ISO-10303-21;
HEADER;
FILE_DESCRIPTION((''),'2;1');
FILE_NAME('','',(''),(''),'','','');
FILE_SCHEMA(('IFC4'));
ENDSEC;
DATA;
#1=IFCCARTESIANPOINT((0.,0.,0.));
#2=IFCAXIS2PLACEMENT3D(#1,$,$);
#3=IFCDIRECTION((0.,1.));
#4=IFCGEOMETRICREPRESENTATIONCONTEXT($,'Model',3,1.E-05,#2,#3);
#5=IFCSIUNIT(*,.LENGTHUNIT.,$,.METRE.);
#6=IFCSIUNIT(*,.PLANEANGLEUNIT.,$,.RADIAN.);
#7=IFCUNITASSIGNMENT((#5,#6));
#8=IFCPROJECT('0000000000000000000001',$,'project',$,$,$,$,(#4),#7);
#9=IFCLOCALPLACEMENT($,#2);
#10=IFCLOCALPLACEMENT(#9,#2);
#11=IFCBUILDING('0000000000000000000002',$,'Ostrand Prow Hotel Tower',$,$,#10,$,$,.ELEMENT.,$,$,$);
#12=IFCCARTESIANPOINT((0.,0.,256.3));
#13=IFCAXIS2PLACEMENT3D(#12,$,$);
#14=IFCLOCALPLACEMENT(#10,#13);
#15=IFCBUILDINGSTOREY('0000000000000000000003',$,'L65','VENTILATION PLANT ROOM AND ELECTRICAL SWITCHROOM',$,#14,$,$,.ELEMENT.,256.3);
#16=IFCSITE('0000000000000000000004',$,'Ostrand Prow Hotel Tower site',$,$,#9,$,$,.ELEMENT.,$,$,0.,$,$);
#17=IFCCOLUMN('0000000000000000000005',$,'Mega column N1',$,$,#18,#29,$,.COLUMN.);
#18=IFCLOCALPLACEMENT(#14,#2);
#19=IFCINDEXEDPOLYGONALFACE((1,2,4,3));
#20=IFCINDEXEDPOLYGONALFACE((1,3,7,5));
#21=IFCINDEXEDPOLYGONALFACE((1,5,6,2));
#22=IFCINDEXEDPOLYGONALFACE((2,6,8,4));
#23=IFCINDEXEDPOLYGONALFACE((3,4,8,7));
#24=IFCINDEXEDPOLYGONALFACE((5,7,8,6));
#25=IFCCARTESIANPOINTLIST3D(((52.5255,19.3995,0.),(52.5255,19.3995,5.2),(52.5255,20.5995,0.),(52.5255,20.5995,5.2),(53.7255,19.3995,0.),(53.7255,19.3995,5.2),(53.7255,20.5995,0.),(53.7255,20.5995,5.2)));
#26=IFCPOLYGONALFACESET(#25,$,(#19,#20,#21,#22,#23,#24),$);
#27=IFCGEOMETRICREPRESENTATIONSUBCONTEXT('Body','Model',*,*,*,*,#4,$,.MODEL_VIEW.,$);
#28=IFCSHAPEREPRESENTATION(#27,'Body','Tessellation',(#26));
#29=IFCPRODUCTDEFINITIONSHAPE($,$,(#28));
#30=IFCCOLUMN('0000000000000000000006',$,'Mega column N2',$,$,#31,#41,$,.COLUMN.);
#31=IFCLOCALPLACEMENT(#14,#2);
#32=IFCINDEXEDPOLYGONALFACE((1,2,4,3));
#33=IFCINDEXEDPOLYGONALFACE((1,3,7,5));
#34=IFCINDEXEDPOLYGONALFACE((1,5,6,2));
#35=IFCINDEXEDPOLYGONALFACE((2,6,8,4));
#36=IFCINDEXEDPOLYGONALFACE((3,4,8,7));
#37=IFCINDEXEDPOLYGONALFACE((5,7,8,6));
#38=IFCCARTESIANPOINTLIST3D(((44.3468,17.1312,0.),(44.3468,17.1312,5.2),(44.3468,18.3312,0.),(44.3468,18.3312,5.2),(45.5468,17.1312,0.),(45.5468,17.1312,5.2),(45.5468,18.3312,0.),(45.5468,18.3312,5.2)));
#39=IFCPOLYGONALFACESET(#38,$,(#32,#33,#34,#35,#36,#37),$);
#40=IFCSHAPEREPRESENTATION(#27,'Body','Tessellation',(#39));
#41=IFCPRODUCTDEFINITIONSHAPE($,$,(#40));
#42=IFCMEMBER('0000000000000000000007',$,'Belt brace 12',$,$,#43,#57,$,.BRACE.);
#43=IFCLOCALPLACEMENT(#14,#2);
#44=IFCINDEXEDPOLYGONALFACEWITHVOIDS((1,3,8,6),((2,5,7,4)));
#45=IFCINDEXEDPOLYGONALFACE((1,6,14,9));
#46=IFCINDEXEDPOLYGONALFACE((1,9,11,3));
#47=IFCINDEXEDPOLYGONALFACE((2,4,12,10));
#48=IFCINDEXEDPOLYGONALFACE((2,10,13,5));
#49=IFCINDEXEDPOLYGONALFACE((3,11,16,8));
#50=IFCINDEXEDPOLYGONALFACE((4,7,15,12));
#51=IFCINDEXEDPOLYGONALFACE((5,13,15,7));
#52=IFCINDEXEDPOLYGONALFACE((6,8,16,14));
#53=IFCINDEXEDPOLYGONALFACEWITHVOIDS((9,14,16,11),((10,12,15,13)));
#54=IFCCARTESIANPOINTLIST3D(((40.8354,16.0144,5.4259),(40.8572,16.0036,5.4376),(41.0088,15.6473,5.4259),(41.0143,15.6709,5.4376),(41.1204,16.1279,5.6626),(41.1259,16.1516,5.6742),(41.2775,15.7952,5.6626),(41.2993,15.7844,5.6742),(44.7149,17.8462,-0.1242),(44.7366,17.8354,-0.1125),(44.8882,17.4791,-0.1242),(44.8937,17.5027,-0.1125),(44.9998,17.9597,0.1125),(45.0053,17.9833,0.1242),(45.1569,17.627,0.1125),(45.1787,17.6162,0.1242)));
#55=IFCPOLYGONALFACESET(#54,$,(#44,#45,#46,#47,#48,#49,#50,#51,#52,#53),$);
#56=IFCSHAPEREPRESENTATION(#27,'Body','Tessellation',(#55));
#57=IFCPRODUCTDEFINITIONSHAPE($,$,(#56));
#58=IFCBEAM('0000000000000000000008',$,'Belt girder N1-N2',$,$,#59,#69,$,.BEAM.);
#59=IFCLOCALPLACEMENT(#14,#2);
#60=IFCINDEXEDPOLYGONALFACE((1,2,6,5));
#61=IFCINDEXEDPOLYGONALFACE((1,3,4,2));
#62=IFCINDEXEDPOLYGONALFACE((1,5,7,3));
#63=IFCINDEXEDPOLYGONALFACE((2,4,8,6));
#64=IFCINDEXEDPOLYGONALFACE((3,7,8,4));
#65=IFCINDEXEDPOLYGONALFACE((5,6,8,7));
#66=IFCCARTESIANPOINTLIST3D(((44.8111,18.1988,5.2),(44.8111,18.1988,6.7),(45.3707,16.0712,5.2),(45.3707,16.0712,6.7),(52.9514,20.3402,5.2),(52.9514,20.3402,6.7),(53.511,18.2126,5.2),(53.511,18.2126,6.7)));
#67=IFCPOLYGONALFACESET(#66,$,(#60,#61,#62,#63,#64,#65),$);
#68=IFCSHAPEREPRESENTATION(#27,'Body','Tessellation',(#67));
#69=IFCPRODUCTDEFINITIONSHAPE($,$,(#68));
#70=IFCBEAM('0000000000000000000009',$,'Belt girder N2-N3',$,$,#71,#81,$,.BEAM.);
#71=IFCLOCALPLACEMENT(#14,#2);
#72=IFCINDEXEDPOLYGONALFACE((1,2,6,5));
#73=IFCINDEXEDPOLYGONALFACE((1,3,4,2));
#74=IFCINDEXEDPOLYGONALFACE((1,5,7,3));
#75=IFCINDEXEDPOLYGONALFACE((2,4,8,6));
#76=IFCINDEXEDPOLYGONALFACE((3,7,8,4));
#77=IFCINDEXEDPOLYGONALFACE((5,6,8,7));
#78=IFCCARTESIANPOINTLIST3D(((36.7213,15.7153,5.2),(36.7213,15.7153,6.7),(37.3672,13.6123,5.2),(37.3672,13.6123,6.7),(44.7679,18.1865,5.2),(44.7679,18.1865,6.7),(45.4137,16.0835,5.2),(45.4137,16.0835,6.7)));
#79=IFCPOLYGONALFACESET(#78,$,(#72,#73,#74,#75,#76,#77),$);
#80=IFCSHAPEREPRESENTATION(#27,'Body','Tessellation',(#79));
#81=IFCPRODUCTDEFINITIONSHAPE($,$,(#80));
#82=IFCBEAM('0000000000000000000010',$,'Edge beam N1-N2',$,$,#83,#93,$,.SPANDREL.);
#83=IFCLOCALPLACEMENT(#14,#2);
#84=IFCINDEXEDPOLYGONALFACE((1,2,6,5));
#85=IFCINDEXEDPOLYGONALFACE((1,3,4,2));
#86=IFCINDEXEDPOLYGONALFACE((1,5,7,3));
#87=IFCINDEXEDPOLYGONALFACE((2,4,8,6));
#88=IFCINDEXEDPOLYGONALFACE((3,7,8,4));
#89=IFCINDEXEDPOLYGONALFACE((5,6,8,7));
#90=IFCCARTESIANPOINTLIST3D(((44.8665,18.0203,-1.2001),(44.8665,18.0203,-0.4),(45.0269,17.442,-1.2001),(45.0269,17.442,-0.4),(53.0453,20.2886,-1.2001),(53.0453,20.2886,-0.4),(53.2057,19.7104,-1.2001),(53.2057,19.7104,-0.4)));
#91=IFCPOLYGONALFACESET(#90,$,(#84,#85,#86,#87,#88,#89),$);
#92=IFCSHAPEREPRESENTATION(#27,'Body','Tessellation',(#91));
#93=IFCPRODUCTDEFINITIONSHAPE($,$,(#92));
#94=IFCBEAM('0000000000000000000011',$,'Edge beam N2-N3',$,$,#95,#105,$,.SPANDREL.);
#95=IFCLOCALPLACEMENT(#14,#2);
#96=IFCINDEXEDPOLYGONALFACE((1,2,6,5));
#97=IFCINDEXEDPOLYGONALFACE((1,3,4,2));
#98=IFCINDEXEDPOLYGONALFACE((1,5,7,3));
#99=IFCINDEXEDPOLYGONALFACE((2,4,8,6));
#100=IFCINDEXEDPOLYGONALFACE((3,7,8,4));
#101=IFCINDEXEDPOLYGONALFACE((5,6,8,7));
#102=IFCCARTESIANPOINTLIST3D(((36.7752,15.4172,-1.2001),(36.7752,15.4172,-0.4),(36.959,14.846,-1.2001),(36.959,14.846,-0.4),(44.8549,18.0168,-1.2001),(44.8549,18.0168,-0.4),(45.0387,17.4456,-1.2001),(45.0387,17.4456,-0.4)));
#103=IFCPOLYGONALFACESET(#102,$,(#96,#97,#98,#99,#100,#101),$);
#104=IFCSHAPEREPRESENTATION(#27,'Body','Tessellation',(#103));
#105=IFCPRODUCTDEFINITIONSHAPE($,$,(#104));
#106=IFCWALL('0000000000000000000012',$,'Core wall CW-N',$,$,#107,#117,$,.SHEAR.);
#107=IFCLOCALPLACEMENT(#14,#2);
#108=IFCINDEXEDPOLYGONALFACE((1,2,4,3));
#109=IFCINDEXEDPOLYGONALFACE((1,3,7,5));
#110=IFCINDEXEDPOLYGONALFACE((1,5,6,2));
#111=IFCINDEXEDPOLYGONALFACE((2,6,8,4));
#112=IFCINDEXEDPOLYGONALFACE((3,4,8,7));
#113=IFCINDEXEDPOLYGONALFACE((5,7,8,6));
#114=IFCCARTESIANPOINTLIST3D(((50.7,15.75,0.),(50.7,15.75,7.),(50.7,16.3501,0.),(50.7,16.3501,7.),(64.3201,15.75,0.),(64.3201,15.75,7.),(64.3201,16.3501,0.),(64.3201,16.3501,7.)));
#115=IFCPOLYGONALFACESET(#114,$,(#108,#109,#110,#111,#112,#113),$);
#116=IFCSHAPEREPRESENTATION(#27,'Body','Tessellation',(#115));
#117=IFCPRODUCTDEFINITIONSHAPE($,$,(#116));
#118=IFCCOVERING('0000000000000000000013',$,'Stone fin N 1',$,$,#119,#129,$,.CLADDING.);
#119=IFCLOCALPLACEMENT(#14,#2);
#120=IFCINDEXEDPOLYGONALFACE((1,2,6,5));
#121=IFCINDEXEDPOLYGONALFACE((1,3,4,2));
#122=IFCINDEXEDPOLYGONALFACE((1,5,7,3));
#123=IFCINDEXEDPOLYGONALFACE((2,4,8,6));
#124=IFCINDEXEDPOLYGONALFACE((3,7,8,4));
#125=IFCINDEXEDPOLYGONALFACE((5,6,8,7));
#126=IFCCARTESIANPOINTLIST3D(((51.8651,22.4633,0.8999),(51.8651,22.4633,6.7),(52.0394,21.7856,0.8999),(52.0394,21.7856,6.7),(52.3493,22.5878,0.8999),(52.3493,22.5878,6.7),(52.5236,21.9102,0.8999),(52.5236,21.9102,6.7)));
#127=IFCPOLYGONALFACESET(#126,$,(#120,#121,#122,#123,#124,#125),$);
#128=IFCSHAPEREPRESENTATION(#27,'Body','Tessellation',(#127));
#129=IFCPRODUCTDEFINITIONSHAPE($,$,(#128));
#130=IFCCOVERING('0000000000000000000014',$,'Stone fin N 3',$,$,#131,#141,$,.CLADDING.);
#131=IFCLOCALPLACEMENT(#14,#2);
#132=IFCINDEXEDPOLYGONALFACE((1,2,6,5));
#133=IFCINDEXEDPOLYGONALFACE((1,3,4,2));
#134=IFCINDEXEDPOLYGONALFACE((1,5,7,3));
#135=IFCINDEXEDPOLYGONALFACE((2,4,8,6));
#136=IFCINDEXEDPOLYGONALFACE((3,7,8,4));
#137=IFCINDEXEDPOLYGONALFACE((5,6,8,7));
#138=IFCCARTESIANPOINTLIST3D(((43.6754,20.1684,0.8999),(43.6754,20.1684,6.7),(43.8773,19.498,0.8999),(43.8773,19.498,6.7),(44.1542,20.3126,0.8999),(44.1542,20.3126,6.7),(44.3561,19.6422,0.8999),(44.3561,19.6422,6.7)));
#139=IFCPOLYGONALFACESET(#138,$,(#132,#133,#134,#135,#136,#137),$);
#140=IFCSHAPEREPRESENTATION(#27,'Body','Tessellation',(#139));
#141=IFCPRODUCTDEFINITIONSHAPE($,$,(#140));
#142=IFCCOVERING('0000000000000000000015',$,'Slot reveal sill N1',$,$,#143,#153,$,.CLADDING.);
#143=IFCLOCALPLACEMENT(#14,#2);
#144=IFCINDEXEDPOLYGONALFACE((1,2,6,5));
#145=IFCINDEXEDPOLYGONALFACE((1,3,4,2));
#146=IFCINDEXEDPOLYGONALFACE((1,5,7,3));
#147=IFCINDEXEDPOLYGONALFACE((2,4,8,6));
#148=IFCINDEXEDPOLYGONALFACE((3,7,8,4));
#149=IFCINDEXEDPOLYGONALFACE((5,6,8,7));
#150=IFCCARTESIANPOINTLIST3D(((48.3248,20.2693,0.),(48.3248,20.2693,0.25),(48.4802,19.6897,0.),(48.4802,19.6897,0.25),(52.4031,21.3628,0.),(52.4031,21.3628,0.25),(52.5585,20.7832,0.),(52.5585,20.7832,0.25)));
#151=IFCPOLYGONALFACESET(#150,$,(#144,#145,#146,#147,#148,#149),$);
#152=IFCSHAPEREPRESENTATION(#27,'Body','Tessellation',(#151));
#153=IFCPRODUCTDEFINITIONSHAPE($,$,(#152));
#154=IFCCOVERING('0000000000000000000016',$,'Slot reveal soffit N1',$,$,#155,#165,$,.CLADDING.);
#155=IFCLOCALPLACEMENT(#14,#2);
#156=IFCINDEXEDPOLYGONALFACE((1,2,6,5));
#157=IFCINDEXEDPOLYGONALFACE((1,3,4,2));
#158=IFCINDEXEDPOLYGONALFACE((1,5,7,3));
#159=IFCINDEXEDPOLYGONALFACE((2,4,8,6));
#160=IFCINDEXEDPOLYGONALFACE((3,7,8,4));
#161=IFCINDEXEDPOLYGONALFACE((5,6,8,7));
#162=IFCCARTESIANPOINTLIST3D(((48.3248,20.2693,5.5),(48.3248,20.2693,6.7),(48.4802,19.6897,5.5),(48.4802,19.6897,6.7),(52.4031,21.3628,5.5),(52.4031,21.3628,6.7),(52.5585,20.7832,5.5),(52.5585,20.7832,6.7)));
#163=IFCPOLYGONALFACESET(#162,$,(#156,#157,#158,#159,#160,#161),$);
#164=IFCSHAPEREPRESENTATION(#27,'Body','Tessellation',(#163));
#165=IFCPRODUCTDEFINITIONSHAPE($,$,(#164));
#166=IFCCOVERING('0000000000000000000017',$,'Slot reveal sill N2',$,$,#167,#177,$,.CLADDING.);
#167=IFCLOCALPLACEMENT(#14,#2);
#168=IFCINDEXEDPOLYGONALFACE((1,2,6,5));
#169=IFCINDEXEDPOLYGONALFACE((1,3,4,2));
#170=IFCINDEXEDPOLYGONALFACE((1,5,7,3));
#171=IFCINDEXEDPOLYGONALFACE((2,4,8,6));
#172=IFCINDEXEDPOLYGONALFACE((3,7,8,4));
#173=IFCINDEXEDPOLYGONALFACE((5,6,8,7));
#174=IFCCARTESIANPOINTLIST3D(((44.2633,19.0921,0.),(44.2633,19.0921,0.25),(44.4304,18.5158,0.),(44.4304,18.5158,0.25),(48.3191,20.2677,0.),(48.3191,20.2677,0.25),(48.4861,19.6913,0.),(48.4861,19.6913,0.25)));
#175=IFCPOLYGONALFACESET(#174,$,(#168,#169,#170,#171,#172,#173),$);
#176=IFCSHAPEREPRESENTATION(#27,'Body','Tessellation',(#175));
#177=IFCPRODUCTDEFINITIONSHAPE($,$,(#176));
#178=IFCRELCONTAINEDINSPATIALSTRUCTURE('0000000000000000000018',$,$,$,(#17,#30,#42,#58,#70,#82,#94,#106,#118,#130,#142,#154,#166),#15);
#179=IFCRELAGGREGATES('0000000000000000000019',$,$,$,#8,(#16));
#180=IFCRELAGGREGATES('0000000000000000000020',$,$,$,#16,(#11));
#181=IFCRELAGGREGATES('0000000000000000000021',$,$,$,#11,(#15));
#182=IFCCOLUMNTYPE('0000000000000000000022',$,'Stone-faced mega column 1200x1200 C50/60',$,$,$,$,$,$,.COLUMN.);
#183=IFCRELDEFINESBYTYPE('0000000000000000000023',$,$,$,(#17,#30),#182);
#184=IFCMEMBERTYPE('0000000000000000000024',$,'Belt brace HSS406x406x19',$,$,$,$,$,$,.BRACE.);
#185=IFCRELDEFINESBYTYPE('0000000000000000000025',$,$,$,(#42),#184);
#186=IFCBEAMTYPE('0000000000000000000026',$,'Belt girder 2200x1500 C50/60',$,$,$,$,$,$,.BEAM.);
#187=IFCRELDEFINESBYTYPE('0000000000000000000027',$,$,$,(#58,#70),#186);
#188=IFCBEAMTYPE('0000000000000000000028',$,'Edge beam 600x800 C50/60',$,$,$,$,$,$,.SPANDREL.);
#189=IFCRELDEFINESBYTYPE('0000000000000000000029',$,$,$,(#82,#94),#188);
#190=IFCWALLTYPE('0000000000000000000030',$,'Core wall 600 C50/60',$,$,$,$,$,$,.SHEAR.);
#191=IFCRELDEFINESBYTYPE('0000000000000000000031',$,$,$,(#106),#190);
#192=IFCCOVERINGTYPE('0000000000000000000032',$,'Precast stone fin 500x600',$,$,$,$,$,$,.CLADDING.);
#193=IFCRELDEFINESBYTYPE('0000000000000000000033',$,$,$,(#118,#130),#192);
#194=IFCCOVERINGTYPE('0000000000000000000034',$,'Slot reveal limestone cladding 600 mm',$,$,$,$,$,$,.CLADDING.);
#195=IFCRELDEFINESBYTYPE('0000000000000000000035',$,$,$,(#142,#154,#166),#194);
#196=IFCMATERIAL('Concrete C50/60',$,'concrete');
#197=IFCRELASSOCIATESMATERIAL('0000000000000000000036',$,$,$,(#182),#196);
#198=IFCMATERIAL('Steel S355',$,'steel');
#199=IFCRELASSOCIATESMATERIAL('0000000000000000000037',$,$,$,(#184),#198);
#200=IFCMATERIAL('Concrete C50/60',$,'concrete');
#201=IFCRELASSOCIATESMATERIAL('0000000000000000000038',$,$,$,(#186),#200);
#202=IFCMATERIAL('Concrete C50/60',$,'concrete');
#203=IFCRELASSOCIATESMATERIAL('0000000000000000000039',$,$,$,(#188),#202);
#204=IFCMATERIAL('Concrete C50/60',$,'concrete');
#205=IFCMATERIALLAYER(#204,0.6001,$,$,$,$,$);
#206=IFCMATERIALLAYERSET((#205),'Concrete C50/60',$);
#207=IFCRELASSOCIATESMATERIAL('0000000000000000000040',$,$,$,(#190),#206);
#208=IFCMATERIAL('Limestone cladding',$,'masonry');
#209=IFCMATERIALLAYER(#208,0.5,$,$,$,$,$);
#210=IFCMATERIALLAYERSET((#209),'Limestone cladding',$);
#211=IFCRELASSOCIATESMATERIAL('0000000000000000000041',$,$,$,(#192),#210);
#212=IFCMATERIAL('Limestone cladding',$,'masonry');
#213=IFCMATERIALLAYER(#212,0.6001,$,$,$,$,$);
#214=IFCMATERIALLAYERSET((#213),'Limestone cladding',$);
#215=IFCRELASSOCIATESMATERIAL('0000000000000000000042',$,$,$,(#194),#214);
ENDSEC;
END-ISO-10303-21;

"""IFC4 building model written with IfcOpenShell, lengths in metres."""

from ifc_helpers import new_model, si_unit, direction, frame, frame_2d, origin, origin_2d, place, context, subcontext, project, spatial, rectangle, hollow_rectangle, extrude, material, layer, layer_set, material_profile, profile_set, type_object, element, save


model = new_model("IFC4")

# Units and contexts
model_context = context("Model", 3, precision=1e-05, world=origin(), true_north=direction((0.0, 1.0)))
body_context = subcontext(model_context, "Body", "Model", "MODEL_VIEW")
ifc_project = project(units=[si_unit("LENGTHUNIT", "METRE"), si_unit("PLANEANGLEUNIT", "RADIAN")], contexts=[model_context])

# Site, building, storey
site_placement = place(None, origin())
site = spatial("IfcSite", under=ifc_project, at=site_placement, Name="Ostrand Prow Hotel Tower site", CompositionType="ELEMENT", RefElevation=0.0)
building_placement = place(site_placement, origin())
building = spatial("IfcBuilding", under=site, at=building_placement, Name="Ostrand Prow Hotel Tower", CompositionType="ELEMENT")
storey_placement = place(building_placement, frame((0.0, 0.0, 256.3)))
storey = spatial("IfcBuildingStorey", under=building, at=storey_placement, Name="L65", Description="VENTILATION PLANT ROOM AND ELECTRICAL SWITCHROOM", CompositionType="ELEMENT", Elevation=256.3)

# Columns
ifc_material_1 = material(Name="Concrete C50/60", Category="concrete")
ifc_material_profile_1 = material_profile(ifc_material_1, rectangle(XDim=1.2, YDim=1.2, at=origin_2d()), Name="RC 1200x1200")
ifc_profile_set_1 = profile_set([ifc_material_profile_1], Name="Concrete C50/60")
column_type = type_object("IfcColumnType", Name="Stone-faced mega column 1200x1200 C50/60", PredefinedType="COLUMN", material=ifc_profile_set_1)
for number, where, z_axis, x_axis, name in (
    (1, (53.1255, 19.9995, 0.0), (0.0, 0.0, 1.0), (1.0, 0.0, 0.0), "Mega column N1"),
    (2, (44.9468, 17.7312, 0.0), (0.0, 0.0, 1.0), (1.0, 0.0, 0.0), "Mega column N2"),
):
    element("IfcColumn", number, at=place(storey_placement, frame(where, z_axis=z_axis, x_axis=x_axis)), inside=storey, type_object=column_type, Name=name, PredefinedType="COLUMN", context=body_context, shape_type="SweptSolid", body=[
        extrude(rectangle(XDim=1.2, YDim=1.2, at=origin_2d()), origin(), (0.0, 0.0, 1.0), 5.2),
    ])

# Member
ifc_material_2 = material(Name="Steel S355", Category="steel")
ifc_material_profile_2 = material_profile(ifc_material_2, hollow_rectangle(XDim=0.406, YDim=0.406, WallThickness=0.019, at=origin_2d()), Name="HSS406x406x19")
ifc_profile_set_2 = profile_set([ifc_material_profile_2], Name="Steel S355")
member_type = type_object("IfcMemberType", Name="Belt brace HSS406x406x19", PredefinedType="BRACE", material=ifc_profile_set_2)
member_placement = place(storey_placement, frame((44.9468, 17.7312, 0.0), z_axis=(-0.553026, -0.26113, 0.791185), x_axis=(0.426978, -0.904262, 0.0)))
element("IfcMember", 3, at=member_placement, inside=storey, type_object=member_type, Name="Belt brace 12", PredefinedType="BRACE", context=body_context, shape_type="SweptSolid", body=[
    extrude(hollow_rectangle(XDim=0.406, YDim=0.406, WallThickness=0.019, at=origin_2d()), origin(), (0.0, 0.0, 1.0), 7.0149),
])

# Beams
ifc_material_3 = material(Name="Concrete C50/60", Category="concrete")
ifc_material_profile_3 = material_profile(ifc_material_3, rectangle(XDim=2.2, YDim=1.5, at=origin_2d()), Name="RC 2200x1500")
ifc_profile_set_3 = profile_set([ifc_material_profile_3], Name="Concrete C50/60")
beam_type_1 = type_object("IfcBeamType", Name="Belt girder 2200x1500 C50/60", PredefinedType="BEAM", material=ifc_profile_set_3)
beam_1_placement = place(storey_placement, frame((53.2312, 19.2764, 5.95), z_axis=(-0.967099, -0.254399, 0.0), x_axis=(0.254399, -0.967099, 0.0)))
element("IfcBeam", 4, at=beam_1_placement, inside=storey, type_object=beam_type_1, Name="Belt girder N1-N2", PredefinedType="BEAM", context=body_context, shape_type="SweptSolid", body=[
    extrude(rectangle(XDim=2.2, YDim=1.5, at=origin_2d()), origin(), (0.0, 0.0, 1.0), 8.4172),
])
beam_2_placement = place(storey_placement, frame((45.0908, 17.135, 5.95), z_axis=(-0.955936, -0.293576, 0.0), x_axis=(0.293576, -0.955936, 0.0)))
element("IfcBeam", 5, at=beam_2_placement, inside=storey, type_object=beam_type_1, Name="Belt girder N2-N3", PredefinedType="BEAM", context=body_context, shape_type="SweptSolid", body=[
    extrude(rectangle(XDim=2.2, YDim=1.5, at=origin_2d()), origin(), (0.0, 0.0, 1.0), 8.4175),
])
ifc_material_4 = material(Name="Concrete C50/60", Category="concrete")
ifc_material_profile_4 = material_profile(ifc_material_4, rectangle(XDim=0.6001, YDim=0.8, at=origin_2d()), Name="RC 600x800")
ifc_profile_set_4 = profile_set([ifc_material_profile_4], Name="Concrete C50/60")
beam_type_2 = type_object("IfcBeamType", Name="Edge beam 600x800 C50/60", PredefinedType="SPANDREL", material=ifc_profile_set_4)
for number, where, z_axis, x_axis, name in (
    (6, (53.1255, 19.9995, -0.8), (-0.963626, -0.267255, 0.0), (0.267255, -0.963626, 0.0), "Edge beam N1-N2"),
    (7, (44.9468, 17.7312, -0.8), (-0.951939, -0.306287, 0.0), (0.306287, -0.951939, 0.0), "Edge beam N2-N3"),
):
    element("IfcBeam", number, at=place(storey_placement, frame(where, z_axis=z_axis, x_axis=x_axis)), inside=storey, type_object=beam_type_2, Name=name, PredefinedType="SPANDREL", context=body_context, shape_type="SweptSolid", body=[
        extrude(rectangle(XDim=0.6001, YDim=0.8, at=origin_2d()), origin(), (0.0, 0.0, 1.0), 8.4875),
    ])

# Wall
ifc_material_5 = material(Name="Concrete C50/60", Category="concrete")
ifc_layer_1 = layer(ifc_material_5, 0.6001)
ifc_layer_set_1 = layer_set([ifc_layer_1], Name="Concrete C50/60")
wall_type = type_object("IfcWallType", Name="Core wall 600 C50/60", PredefinedType="SHEAR", material=ifc_layer_set_1)
wall_placement = place(storey_placement, frame((50.7, 16.05, 0.0), z_axis=(0.0, 0.0, 1.0), x_axis=(1.0, 0.0, 0.0)))
element("IfcWall", 8, at=wall_placement, inside=storey, type_object=wall_type, Name="Core wall CW-N", PredefinedType="SHEAR", context=body_context, shape_type="SweptSolid", body=[
    extrude(rectangle(XDim=13.6201, YDim=0.6001, at=frame_2d((6.8101, 0.0))), origin(), (0.0, 0.0, 1.0), 7.0),
])

# Coverings
ifc_material_6 = material(Name="Limestone cladding", Category="masonry")
ifc_layer_2 = layer(ifc_material_6, 0.5)
ifc_layer_set_2 = layer_set([ifc_layer_2], Name="Limestone cladding")
covering_type_1 = type_object("IfcCoveringType", Name="Precast stone fin 500x600", PredefinedType="CLADDING", material=ifc_layer_set_2)
covering_1_placement = place(storey_placement, frame((52.2815, 21.8479, 0.8999), z_axis=(0.0, 0.0, 1.0), x_axis=(-0.249097, 0.968479, 0.0)))
element("IfcCovering", 9, at=covering_1_placement, inside=storey, type_object=covering_type_1, Name="Stone fin N 1", PredefinedType="CLADDING", context=body_context, shape_type="SweptSolid", body=[
    extrude(rectangle(XDim=0.6997, YDim=0.5, at=frame_2d((0.3499, 0.0))), origin(), (0.0, 0.0, 1.0), 5.8),
])
covering_2_placement = place(storey_placement, frame((44.1167, 19.5701, 0.8999), z_axis=(0.0, 0.0, 1.0), x_axis=(-0.288371, 0.957519, 0.0)))
element("IfcCovering", 10, at=covering_2_placement, inside=storey, type_object=covering_type_1, Name="Stone fin N 3", PredefinedType="CLADDING", context=body_context, shape_type="SweptSolid", body=[
    extrude(rectangle(XDim=0.7002, YDim=0.5, at=frame_2d((0.3501, 0.0))), origin(), (0.0, 0.0, 1.0), 5.8),
])

# Coverings
ifc_material_7 = material(Name="Limestone cladding", Category="masonry")
ifc_layer_3 = layer(ifc_material_7, 0.6001)
ifc_layer_set_3 = layer_set([ifc_layer_3], Name="Limestone cladding")
covering_type_2 = type_object("IfcCoveringType", Name="Slot reveal limestone cladding 600 mm", PredefinedType="CLADDING", material=ifc_layer_set_3)
covering_3_placement = place(storey_placement, frame((52.481, 21.073, 0.0), z_axis=(0.0, 0.0, 1.0), x_axis=(-0.965884, -0.258976, 0.0)))
element("IfcCovering", 11, at=covering_3_placement, inside=storey, type_object=covering_type_2, Name="Slot reveal sill N1", PredefinedType="CLADDING", context=body_context, shape_type="SweptSolid", body=[
    extrude(rectangle(XDim=4.2224, YDim=0.6001, at=frame_2d((2.1113, 0.0))), origin(), (0.0, 0.0, 1.0), 0.25),
])
covering_4_placement = place(storey_placement, frame((52.481, 21.073, 5.5), z_axis=(0.0, 0.0, 1.0), x_axis=(-0.965884, -0.258976, 0.0)))
element("IfcCovering", 12, at=covering_4_placement, inside=storey, type_object=covering_type_2, Name="Slot reveal soffit N1", PredefinedType="CLADDING", context=body_context, shape_type="SweptSolid", body=[
    extrude(rectangle(XDim=4.2224, YDim=0.6001, at=frame_2d((2.1113, 0.0))), origin(), (0.0, 0.0, 1.0), 1.2),
])
covering_5_placement = place(storey_placement, frame((48.4026, 19.9795, 0.0), z_axis=(0.0, 0.0, 1.0), x_axis=(-0.960467, -0.278392, 0.0)))
element("IfcCovering", 13, at=covering_5_placement, inside=storey, type_object=covering_type_2, Name="Slot reveal sill N2", PredefinedType="CLADDING", context=body_context, shape_type="SweptSolid", body=[
    extrude(rectangle(XDim=4.2227, YDim=0.6001, at=frame_2d((2.1113, 0.0))), origin(), (0.0, 0.0, 1.0), 0.25),
])

save(model, "model.ifc")
